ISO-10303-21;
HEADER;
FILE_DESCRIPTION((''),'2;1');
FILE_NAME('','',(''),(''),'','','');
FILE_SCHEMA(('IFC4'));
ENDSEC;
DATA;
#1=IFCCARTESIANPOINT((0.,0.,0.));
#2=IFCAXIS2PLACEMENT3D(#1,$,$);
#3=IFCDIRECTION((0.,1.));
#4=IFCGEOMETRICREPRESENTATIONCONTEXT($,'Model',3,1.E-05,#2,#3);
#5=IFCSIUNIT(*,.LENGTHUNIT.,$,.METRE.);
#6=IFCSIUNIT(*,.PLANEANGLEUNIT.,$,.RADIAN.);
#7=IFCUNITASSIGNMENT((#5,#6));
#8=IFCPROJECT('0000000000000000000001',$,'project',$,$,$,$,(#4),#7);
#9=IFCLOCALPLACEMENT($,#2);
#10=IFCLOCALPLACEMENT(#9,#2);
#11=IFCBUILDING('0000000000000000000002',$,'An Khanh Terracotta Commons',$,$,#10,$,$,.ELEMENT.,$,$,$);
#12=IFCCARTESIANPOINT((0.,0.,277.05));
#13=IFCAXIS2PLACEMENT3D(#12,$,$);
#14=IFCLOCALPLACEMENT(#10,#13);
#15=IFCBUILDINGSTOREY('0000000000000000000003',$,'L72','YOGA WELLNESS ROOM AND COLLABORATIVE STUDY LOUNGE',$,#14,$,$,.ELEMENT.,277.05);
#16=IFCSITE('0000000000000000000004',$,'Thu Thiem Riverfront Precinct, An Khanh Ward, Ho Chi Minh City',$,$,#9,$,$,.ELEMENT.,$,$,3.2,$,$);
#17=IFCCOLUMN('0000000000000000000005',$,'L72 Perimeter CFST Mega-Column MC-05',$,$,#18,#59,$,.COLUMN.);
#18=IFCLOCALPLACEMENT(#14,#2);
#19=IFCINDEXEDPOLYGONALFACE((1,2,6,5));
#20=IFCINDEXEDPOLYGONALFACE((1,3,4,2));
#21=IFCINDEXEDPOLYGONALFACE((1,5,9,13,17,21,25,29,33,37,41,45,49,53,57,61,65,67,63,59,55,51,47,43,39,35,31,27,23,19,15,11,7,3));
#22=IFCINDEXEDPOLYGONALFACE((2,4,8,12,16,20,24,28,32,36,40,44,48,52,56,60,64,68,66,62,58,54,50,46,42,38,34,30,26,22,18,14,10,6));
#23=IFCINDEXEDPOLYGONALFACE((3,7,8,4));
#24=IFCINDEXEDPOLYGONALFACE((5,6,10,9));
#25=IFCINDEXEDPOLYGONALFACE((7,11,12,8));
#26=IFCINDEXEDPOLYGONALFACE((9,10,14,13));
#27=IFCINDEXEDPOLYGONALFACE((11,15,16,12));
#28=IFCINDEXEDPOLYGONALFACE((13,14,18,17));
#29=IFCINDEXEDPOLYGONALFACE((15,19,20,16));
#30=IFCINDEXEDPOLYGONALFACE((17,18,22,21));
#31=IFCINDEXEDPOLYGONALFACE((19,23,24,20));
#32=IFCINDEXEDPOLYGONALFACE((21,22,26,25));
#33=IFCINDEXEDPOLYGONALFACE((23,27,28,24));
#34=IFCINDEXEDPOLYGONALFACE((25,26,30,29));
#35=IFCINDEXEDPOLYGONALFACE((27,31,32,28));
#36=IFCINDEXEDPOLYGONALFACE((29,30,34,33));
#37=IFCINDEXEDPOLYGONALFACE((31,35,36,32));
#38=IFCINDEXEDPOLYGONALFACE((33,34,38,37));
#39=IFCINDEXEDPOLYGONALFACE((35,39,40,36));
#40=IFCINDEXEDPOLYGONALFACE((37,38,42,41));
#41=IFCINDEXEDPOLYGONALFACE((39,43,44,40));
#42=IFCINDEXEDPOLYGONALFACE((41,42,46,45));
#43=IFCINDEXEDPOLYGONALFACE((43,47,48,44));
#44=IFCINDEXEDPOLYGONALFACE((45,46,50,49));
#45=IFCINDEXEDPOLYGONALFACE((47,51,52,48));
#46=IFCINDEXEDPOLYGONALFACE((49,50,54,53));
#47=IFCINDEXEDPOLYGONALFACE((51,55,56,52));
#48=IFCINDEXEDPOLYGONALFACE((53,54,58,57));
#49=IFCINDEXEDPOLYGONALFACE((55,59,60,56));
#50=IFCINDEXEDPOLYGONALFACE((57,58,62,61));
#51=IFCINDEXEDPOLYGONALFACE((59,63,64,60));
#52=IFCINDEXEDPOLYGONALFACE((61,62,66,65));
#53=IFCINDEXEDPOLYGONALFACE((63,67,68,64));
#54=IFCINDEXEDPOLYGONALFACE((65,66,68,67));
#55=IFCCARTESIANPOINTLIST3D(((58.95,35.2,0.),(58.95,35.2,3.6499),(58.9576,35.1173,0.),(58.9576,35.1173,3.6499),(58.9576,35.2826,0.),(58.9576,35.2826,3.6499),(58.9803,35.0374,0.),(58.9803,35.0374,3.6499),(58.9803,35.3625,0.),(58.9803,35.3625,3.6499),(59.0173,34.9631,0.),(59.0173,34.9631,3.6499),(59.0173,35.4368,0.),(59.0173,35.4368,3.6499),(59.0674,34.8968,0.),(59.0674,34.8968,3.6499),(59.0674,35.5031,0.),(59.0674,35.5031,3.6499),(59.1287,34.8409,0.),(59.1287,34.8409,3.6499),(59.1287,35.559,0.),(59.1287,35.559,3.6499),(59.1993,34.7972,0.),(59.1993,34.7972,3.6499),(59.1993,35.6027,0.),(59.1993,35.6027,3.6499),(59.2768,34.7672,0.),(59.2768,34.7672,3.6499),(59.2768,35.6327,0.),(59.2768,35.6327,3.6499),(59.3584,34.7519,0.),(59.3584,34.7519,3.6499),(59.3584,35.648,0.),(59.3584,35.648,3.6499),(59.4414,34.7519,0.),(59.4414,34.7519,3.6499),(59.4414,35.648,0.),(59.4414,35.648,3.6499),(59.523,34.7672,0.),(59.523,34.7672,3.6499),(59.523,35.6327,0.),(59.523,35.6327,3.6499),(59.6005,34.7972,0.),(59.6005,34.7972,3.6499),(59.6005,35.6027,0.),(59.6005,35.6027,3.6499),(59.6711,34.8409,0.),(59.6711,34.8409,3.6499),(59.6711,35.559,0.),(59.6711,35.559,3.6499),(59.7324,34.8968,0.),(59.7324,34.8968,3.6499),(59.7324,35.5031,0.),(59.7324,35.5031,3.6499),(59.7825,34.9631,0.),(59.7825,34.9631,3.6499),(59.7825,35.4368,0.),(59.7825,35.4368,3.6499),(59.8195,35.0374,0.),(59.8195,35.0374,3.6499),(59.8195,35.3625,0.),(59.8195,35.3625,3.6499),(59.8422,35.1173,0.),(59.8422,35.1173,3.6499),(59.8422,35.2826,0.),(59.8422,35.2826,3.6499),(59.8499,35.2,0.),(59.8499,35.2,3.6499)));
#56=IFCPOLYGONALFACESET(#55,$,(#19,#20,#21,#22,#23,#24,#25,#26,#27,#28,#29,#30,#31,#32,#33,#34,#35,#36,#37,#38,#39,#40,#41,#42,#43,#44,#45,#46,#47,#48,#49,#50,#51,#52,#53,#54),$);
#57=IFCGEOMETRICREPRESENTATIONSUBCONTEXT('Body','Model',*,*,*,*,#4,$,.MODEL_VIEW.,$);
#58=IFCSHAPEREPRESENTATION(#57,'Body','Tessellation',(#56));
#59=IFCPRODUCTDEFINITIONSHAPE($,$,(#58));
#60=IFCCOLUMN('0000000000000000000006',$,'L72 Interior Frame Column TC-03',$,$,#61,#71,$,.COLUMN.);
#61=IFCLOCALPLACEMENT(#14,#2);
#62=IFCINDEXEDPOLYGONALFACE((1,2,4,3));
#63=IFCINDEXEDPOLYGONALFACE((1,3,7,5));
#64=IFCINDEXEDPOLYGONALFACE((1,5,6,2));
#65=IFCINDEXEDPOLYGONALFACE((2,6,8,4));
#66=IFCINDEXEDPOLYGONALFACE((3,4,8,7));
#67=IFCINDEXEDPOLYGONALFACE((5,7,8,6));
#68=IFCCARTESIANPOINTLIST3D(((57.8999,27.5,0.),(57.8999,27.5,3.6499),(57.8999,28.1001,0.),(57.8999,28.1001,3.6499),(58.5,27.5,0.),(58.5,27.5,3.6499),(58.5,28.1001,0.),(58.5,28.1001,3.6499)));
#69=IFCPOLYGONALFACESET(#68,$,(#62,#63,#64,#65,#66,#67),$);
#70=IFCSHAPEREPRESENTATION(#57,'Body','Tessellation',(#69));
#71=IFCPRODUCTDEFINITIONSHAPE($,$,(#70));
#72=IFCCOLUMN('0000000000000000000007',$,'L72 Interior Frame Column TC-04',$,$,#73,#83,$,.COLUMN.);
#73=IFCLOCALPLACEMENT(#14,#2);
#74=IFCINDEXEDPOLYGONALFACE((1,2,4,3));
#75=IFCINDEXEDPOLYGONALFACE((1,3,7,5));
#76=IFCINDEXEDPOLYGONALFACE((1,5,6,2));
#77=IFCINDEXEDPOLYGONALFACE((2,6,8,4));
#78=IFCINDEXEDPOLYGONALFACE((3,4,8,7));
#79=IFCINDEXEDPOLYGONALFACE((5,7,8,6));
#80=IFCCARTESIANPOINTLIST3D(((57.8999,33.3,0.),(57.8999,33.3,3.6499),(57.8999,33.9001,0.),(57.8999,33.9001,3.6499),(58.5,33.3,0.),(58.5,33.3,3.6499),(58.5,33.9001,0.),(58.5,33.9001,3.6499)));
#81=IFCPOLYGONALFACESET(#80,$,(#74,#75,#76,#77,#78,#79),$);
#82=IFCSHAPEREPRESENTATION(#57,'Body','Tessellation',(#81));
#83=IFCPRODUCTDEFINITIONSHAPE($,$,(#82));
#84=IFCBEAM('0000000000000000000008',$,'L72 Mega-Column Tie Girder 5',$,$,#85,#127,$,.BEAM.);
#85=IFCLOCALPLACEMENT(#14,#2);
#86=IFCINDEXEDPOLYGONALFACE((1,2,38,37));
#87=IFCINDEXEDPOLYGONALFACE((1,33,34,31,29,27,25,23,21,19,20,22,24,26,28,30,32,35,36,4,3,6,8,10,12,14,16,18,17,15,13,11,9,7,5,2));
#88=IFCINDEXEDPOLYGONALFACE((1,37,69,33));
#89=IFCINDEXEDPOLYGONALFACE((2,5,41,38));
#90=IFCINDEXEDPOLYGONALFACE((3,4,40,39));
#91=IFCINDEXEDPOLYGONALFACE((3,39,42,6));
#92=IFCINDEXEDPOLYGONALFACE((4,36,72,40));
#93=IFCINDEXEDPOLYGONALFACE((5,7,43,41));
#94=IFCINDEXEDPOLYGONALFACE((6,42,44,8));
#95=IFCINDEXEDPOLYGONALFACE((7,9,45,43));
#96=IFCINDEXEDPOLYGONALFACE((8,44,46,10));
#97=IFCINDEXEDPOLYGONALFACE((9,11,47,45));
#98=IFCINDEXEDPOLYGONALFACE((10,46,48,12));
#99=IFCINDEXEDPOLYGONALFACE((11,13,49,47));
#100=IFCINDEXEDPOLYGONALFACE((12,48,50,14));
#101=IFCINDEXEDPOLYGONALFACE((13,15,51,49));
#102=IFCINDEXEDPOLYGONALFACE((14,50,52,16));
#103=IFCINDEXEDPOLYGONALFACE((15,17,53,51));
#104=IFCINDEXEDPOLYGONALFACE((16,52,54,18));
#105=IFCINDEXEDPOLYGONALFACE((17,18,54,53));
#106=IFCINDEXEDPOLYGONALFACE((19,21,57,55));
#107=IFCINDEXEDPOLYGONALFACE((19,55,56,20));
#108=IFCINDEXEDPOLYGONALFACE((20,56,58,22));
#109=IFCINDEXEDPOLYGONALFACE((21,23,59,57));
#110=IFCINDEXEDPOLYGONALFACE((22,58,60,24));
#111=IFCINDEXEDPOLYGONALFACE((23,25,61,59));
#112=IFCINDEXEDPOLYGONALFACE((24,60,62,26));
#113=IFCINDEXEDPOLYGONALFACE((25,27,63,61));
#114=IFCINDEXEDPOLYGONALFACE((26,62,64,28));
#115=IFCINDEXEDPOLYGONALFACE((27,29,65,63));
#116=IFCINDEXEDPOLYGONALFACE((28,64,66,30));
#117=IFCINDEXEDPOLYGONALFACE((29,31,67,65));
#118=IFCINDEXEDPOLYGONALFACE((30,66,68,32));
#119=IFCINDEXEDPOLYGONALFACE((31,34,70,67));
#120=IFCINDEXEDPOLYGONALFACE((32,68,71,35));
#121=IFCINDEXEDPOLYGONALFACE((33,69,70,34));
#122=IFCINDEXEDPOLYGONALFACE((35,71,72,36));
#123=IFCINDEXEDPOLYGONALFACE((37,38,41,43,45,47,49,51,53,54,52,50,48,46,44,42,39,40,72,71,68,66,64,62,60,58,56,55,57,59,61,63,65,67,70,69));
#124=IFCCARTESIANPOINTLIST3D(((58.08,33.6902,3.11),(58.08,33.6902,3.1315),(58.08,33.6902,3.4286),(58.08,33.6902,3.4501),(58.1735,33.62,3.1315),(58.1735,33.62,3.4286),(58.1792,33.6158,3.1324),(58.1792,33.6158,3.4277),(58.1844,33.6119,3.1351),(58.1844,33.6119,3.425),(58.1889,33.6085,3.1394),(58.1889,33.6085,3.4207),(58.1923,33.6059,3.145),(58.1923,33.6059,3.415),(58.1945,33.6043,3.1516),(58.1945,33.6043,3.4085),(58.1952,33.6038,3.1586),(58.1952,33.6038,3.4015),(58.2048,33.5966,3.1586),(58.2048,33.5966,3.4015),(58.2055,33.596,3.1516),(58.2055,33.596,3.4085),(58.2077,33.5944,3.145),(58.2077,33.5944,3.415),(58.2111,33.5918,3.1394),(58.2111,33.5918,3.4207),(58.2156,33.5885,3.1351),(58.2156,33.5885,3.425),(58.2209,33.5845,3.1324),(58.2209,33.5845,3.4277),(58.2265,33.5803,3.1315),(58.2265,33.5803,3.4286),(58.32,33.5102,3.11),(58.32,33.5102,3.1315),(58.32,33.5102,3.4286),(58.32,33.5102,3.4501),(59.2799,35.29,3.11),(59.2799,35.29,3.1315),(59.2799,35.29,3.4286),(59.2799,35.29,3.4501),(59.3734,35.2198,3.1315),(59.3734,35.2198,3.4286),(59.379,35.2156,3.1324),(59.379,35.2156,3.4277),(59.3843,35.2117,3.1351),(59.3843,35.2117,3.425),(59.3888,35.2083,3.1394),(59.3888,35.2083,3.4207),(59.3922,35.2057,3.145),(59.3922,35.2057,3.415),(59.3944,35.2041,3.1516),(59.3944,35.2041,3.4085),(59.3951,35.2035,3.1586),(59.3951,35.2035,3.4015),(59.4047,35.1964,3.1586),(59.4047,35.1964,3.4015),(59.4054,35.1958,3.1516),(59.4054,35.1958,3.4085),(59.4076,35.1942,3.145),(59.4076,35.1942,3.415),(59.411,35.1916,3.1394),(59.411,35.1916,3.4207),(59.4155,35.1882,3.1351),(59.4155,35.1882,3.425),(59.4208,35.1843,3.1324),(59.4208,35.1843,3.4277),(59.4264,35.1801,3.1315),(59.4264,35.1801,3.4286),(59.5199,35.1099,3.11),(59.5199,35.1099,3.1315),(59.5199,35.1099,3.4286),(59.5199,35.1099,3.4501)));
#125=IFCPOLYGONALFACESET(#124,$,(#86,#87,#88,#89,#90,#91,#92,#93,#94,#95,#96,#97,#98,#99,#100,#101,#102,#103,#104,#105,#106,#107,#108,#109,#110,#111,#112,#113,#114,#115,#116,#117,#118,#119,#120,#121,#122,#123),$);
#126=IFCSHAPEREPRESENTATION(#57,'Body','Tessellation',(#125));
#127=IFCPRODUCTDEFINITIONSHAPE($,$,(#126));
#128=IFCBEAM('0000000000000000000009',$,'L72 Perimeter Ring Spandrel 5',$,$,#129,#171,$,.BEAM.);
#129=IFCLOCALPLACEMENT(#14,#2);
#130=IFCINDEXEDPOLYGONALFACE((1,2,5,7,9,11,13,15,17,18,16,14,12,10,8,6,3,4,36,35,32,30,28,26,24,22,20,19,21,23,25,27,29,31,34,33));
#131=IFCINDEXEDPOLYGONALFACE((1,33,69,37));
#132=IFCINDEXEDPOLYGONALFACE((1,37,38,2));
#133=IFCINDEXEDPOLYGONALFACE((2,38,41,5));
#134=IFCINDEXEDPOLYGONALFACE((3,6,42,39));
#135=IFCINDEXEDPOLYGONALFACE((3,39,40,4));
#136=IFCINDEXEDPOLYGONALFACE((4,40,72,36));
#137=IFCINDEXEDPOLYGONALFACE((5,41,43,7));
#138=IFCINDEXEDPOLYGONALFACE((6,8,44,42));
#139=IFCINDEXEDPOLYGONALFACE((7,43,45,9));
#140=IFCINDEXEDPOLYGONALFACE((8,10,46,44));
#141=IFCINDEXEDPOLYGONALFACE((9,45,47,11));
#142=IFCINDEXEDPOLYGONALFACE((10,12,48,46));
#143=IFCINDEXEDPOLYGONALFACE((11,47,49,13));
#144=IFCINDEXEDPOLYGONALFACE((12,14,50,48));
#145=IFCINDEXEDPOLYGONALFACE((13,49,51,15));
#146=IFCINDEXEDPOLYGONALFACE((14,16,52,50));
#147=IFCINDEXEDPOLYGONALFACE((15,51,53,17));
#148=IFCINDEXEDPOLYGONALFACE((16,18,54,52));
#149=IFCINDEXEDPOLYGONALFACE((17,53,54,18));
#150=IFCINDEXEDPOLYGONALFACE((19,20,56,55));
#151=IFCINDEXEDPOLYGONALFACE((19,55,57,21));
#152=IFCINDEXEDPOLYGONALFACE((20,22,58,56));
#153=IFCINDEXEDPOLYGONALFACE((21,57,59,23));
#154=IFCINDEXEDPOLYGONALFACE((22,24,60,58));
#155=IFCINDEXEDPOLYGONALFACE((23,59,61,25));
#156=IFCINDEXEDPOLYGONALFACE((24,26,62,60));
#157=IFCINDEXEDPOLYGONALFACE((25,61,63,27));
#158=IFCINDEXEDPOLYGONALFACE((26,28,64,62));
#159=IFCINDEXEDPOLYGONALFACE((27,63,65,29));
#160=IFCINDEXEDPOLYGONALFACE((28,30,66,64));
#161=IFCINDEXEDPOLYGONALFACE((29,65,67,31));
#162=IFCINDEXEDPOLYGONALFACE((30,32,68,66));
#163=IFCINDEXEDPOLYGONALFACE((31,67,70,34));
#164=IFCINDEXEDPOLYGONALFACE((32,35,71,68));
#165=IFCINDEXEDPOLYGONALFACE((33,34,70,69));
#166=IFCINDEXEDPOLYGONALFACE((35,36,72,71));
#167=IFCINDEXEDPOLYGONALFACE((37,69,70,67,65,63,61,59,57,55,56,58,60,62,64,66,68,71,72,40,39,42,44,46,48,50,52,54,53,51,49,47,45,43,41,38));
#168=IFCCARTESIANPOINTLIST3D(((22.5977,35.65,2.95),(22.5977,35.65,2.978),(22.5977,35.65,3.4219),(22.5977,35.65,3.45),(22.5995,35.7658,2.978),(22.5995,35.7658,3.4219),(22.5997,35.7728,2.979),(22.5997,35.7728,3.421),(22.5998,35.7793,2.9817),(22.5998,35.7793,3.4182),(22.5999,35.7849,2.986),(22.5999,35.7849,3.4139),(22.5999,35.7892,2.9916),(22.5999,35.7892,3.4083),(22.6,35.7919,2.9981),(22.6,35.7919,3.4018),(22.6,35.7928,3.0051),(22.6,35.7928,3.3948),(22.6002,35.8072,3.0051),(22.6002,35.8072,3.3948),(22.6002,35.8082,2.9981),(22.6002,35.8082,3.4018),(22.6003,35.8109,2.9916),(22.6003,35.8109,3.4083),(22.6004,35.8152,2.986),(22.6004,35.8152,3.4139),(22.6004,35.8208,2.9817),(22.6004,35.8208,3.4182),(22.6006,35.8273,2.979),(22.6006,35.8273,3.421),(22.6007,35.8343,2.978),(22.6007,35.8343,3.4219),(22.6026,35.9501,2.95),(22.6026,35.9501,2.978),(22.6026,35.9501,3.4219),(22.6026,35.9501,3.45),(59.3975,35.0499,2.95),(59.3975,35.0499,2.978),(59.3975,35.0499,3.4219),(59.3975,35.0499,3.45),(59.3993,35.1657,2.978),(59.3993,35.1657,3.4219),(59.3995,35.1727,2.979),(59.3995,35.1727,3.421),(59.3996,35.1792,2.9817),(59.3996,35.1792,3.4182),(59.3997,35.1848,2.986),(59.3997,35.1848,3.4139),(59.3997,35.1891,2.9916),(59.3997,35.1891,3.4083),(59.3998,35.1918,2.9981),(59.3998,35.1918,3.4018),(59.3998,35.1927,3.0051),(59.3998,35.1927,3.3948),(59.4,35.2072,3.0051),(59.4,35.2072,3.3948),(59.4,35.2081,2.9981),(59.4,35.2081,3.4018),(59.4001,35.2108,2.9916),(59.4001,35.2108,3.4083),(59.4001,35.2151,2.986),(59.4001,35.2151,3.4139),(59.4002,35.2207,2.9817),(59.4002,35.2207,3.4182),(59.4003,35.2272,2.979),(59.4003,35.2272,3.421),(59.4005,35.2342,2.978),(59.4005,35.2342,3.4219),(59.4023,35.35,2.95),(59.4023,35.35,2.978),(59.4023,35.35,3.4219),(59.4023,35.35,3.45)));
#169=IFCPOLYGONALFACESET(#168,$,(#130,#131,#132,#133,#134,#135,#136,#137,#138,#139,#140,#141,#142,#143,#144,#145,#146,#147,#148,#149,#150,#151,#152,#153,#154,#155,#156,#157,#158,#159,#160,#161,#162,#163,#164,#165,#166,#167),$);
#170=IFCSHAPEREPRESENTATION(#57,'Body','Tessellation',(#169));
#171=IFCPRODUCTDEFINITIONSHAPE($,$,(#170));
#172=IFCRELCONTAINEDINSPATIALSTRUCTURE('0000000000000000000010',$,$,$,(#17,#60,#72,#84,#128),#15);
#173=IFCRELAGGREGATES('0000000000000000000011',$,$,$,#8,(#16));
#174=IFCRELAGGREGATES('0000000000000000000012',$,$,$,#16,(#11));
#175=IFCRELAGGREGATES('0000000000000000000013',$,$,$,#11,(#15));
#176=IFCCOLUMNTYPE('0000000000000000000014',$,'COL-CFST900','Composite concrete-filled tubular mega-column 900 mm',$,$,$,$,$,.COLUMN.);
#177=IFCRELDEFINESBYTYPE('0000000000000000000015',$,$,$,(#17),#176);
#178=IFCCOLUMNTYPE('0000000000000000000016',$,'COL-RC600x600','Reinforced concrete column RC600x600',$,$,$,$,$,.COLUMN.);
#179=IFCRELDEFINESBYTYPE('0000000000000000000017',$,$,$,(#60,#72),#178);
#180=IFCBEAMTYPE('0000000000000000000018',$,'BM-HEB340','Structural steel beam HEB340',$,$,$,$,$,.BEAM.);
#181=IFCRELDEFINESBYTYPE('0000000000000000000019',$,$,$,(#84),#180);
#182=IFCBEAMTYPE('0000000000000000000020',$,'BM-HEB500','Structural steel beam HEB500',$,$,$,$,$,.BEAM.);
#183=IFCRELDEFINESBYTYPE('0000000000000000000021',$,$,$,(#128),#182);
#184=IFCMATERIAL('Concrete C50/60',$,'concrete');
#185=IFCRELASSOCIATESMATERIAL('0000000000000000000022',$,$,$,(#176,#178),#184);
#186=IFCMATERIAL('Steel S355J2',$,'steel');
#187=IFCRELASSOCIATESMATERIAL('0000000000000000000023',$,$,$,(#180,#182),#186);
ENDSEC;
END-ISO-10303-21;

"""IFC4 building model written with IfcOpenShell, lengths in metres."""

from ifc_helpers import new_model, si_unit, direction, frame, origin, origin_2d, place, context, subcontext, project, spatial, rectangle, circle, i_section, extrude, material, material_profile, profile_set, type_object, element, save


model = new_model("IFC4")

# Units and contexts
model_context = context("Model", 3, precision=1e-05, world=origin(), true_north=direction((0.0, 1.0)))
body_context = subcontext(model_context, "Body", "Model", "MODEL_VIEW")
ifc_project = project(units=[si_unit("LENGTHUNIT", "METRE"), si_unit("PLANEANGLEUNIT", "RADIAN")], contexts=[model_context])

# Site, building, storey
site_placement = place(None, origin())
site = spatial("IfcSite", under=ifc_project, at=site_placement, Name="Thu Thiem Riverfront Precinct, An Khanh Ward, Ho Chi Minh City", CompositionType="ELEMENT", RefElevation=3.2)
building_placement = place(site_placement, origin())
building = spatial("IfcBuilding", under=site, at=building_placement, Name="An Khanh Terracotta Commons", CompositionType="ELEMENT")
storey_placement = place(building_placement, frame((0.0, 0.0, 277.05)))
storey = spatial("IfcBuildingStorey", under=building, at=storey_placement, Name="L72", Description="YOGA WELLNESS ROOM AND COLLABORATIVE STUDY LOUNGE", CompositionType="ELEMENT", Elevation=277.05)

# Columns
ifc_material_1 = material(Name="Concrete C50/60", Category="concrete")
ifc_material_profile_1 = material_profile(ifc_material_1, circle(Radius=0.45, at=origin_2d()), Name="CFST900")
ifc_profile_set_1 = profile_set([ifc_material_profile_1], Name="Concrete C50/60")
column_type_1 = type_object("IfcColumnType", Name="COL-CFST900", Description="Composite concrete-filled tubular mega-column 900 mm", PredefinedType="COLUMN", material=ifc_profile_set_1)
column_placement = place(storey_placement, frame((59.3999, 35.2, 0.0), z_axis=(0.0, 0.0, 1.0), x_axis=(1.0, 0.0, 0.0)))
element("IfcColumn", 1, at=column_placement, inside=storey, type_object=column_type_1, Name="L72 Perimeter CFST Mega-Column MC-05", PredefinedType="COLUMN", context=body_context, shape_type="SweptSolid", body=[
    extrude(circle(Radius=0.45, at=origin_2d()), origin(), (0.0, 0.0, 1.0), 3.6499),
])
ifc_material_profile_2 = material_profile(ifc_material_1, rectangle(XDim=0.6001, YDim=0.6001, at=origin_2d()), Name="RC600x600")
ifc_profile_set_2 = profile_set([ifc_material_profile_2], Name="Concrete C50/60")
column_type_2 = type_object("IfcColumnType", Name="COL-RC600x600", Description="Reinforced concrete column RC600x600", PredefinedType="COLUMN", material=ifc_profile_set_2)
for number, where, z_axis, x_axis, name in (
    (2, (58.2, 27.8, 0.0), (0.0, 0.0, 1.0), (1.0, 0.0, 0.0), "L72 Interior Frame Column TC-03"),
    (3, (58.2, 33.6001, 0.0), (0.0, 0.0, 1.0), (1.0, 0.0, 0.0), "L72 Interior Frame Column TC-04"),
):
    element("IfcColumn", number, at=place(storey_placement, frame(where, z_axis=z_axis, x_axis=x_axis)), inside=storey, type_object=column_type_2, Name=name, PredefinedType="COLUMN", context=body_context, shape_type="SweptSolid", body=[
        extrude(rectangle(XDim=0.6001, YDim=0.6001, at=origin_2d()), origin(), (0.0, 0.0, 1.0), 3.6499),
    ])

# Beams
ifc_material_2 = material(Name="Steel S355J2", Category="steel")
ifc_material_profile_3 = material_profile(ifc_material_2, i_section(OverallWidth=0.3, OverallDepth=0.3401, WebThickness=0.012, FlangeThickness=0.0215, FilletRadius=0.0271, at=origin_2d()), Name="HEB340")
ifc_profile_set_3 = profile_set([ifc_material_profile_3], Name="Steel S355J2")
beam_type_1 = type_object("IfcBeamType", Name="BM-HEB340", Description="Structural steel beam HEB340", PredefinedType="BEAM", material=ifc_profile_set_3)
beam_1_placement = place(storey_placement, frame((59.3999, 35.2, 3.28), z_axis=(-0.60002, -0.799985, 0.0), x_axis=(0.799985, -0.60002, 0.0)))
element("IfcBeam", 4, at=beam_1_placement, inside=storey, type_object=beam_type_1, Name="L72 Mega-Column Tie Girder 5", PredefinedType="BEAM", context=body_context, shape_type="SweptSolid", body=[
    extrude(i_section(OverallWidth=0.3, OverallDepth=0.3401, WebThickness=0.012, FlangeThickness=0.0215, FilletRadius=0.0271, at=origin_2d()), origin(), (0.0, 0.0, 1.0), 1.9998),
])
ifc_material_profile_4 = material_profile(ifc_material_2, i_section(OverallWidth=0.3, OverallDepth=0.5, WebThickness=0.0144, FlangeThickness=0.0281, FilletRadius=0.0271, at=origin_2d()), Name="HEB500")
ifc_profile_set_4 = profile_set([ifc_material_profile_4], Name="Steel S355J2")
beam_type_2 = type_object("IfcBeamType", Name="BM-HEB500", Description="Structural steel beam HEB500", PredefinedType="BEAM", material=ifc_profile_set_4)
beam_2_placement = place(storey_placement, frame((59.3999, 35.2, 3.2), z_axis=(-0.999867, 0.016305, 0.0), x_axis=(-0.016305, -0.999867, 0.0)))
element("IfcBeam", 5, at=beam_2_placement, inside=storey, type_object=beam_type_2, Name="L72 Perimeter Ring Spandrel 5", PredefinedType="BEAM", context=body_context, shape_type="SweptSolid", body=[
    extrude(i_section(OverallWidth=0.3, OverallDepth=0.5, WebThickness=0.0144, FlangeThickness=0.0281, FilletRadius=0.0271, at=origin_2d()), origin(), (0.0, 0.0, 1.0), 36.8047),
])

save(model, "model.ifc")
